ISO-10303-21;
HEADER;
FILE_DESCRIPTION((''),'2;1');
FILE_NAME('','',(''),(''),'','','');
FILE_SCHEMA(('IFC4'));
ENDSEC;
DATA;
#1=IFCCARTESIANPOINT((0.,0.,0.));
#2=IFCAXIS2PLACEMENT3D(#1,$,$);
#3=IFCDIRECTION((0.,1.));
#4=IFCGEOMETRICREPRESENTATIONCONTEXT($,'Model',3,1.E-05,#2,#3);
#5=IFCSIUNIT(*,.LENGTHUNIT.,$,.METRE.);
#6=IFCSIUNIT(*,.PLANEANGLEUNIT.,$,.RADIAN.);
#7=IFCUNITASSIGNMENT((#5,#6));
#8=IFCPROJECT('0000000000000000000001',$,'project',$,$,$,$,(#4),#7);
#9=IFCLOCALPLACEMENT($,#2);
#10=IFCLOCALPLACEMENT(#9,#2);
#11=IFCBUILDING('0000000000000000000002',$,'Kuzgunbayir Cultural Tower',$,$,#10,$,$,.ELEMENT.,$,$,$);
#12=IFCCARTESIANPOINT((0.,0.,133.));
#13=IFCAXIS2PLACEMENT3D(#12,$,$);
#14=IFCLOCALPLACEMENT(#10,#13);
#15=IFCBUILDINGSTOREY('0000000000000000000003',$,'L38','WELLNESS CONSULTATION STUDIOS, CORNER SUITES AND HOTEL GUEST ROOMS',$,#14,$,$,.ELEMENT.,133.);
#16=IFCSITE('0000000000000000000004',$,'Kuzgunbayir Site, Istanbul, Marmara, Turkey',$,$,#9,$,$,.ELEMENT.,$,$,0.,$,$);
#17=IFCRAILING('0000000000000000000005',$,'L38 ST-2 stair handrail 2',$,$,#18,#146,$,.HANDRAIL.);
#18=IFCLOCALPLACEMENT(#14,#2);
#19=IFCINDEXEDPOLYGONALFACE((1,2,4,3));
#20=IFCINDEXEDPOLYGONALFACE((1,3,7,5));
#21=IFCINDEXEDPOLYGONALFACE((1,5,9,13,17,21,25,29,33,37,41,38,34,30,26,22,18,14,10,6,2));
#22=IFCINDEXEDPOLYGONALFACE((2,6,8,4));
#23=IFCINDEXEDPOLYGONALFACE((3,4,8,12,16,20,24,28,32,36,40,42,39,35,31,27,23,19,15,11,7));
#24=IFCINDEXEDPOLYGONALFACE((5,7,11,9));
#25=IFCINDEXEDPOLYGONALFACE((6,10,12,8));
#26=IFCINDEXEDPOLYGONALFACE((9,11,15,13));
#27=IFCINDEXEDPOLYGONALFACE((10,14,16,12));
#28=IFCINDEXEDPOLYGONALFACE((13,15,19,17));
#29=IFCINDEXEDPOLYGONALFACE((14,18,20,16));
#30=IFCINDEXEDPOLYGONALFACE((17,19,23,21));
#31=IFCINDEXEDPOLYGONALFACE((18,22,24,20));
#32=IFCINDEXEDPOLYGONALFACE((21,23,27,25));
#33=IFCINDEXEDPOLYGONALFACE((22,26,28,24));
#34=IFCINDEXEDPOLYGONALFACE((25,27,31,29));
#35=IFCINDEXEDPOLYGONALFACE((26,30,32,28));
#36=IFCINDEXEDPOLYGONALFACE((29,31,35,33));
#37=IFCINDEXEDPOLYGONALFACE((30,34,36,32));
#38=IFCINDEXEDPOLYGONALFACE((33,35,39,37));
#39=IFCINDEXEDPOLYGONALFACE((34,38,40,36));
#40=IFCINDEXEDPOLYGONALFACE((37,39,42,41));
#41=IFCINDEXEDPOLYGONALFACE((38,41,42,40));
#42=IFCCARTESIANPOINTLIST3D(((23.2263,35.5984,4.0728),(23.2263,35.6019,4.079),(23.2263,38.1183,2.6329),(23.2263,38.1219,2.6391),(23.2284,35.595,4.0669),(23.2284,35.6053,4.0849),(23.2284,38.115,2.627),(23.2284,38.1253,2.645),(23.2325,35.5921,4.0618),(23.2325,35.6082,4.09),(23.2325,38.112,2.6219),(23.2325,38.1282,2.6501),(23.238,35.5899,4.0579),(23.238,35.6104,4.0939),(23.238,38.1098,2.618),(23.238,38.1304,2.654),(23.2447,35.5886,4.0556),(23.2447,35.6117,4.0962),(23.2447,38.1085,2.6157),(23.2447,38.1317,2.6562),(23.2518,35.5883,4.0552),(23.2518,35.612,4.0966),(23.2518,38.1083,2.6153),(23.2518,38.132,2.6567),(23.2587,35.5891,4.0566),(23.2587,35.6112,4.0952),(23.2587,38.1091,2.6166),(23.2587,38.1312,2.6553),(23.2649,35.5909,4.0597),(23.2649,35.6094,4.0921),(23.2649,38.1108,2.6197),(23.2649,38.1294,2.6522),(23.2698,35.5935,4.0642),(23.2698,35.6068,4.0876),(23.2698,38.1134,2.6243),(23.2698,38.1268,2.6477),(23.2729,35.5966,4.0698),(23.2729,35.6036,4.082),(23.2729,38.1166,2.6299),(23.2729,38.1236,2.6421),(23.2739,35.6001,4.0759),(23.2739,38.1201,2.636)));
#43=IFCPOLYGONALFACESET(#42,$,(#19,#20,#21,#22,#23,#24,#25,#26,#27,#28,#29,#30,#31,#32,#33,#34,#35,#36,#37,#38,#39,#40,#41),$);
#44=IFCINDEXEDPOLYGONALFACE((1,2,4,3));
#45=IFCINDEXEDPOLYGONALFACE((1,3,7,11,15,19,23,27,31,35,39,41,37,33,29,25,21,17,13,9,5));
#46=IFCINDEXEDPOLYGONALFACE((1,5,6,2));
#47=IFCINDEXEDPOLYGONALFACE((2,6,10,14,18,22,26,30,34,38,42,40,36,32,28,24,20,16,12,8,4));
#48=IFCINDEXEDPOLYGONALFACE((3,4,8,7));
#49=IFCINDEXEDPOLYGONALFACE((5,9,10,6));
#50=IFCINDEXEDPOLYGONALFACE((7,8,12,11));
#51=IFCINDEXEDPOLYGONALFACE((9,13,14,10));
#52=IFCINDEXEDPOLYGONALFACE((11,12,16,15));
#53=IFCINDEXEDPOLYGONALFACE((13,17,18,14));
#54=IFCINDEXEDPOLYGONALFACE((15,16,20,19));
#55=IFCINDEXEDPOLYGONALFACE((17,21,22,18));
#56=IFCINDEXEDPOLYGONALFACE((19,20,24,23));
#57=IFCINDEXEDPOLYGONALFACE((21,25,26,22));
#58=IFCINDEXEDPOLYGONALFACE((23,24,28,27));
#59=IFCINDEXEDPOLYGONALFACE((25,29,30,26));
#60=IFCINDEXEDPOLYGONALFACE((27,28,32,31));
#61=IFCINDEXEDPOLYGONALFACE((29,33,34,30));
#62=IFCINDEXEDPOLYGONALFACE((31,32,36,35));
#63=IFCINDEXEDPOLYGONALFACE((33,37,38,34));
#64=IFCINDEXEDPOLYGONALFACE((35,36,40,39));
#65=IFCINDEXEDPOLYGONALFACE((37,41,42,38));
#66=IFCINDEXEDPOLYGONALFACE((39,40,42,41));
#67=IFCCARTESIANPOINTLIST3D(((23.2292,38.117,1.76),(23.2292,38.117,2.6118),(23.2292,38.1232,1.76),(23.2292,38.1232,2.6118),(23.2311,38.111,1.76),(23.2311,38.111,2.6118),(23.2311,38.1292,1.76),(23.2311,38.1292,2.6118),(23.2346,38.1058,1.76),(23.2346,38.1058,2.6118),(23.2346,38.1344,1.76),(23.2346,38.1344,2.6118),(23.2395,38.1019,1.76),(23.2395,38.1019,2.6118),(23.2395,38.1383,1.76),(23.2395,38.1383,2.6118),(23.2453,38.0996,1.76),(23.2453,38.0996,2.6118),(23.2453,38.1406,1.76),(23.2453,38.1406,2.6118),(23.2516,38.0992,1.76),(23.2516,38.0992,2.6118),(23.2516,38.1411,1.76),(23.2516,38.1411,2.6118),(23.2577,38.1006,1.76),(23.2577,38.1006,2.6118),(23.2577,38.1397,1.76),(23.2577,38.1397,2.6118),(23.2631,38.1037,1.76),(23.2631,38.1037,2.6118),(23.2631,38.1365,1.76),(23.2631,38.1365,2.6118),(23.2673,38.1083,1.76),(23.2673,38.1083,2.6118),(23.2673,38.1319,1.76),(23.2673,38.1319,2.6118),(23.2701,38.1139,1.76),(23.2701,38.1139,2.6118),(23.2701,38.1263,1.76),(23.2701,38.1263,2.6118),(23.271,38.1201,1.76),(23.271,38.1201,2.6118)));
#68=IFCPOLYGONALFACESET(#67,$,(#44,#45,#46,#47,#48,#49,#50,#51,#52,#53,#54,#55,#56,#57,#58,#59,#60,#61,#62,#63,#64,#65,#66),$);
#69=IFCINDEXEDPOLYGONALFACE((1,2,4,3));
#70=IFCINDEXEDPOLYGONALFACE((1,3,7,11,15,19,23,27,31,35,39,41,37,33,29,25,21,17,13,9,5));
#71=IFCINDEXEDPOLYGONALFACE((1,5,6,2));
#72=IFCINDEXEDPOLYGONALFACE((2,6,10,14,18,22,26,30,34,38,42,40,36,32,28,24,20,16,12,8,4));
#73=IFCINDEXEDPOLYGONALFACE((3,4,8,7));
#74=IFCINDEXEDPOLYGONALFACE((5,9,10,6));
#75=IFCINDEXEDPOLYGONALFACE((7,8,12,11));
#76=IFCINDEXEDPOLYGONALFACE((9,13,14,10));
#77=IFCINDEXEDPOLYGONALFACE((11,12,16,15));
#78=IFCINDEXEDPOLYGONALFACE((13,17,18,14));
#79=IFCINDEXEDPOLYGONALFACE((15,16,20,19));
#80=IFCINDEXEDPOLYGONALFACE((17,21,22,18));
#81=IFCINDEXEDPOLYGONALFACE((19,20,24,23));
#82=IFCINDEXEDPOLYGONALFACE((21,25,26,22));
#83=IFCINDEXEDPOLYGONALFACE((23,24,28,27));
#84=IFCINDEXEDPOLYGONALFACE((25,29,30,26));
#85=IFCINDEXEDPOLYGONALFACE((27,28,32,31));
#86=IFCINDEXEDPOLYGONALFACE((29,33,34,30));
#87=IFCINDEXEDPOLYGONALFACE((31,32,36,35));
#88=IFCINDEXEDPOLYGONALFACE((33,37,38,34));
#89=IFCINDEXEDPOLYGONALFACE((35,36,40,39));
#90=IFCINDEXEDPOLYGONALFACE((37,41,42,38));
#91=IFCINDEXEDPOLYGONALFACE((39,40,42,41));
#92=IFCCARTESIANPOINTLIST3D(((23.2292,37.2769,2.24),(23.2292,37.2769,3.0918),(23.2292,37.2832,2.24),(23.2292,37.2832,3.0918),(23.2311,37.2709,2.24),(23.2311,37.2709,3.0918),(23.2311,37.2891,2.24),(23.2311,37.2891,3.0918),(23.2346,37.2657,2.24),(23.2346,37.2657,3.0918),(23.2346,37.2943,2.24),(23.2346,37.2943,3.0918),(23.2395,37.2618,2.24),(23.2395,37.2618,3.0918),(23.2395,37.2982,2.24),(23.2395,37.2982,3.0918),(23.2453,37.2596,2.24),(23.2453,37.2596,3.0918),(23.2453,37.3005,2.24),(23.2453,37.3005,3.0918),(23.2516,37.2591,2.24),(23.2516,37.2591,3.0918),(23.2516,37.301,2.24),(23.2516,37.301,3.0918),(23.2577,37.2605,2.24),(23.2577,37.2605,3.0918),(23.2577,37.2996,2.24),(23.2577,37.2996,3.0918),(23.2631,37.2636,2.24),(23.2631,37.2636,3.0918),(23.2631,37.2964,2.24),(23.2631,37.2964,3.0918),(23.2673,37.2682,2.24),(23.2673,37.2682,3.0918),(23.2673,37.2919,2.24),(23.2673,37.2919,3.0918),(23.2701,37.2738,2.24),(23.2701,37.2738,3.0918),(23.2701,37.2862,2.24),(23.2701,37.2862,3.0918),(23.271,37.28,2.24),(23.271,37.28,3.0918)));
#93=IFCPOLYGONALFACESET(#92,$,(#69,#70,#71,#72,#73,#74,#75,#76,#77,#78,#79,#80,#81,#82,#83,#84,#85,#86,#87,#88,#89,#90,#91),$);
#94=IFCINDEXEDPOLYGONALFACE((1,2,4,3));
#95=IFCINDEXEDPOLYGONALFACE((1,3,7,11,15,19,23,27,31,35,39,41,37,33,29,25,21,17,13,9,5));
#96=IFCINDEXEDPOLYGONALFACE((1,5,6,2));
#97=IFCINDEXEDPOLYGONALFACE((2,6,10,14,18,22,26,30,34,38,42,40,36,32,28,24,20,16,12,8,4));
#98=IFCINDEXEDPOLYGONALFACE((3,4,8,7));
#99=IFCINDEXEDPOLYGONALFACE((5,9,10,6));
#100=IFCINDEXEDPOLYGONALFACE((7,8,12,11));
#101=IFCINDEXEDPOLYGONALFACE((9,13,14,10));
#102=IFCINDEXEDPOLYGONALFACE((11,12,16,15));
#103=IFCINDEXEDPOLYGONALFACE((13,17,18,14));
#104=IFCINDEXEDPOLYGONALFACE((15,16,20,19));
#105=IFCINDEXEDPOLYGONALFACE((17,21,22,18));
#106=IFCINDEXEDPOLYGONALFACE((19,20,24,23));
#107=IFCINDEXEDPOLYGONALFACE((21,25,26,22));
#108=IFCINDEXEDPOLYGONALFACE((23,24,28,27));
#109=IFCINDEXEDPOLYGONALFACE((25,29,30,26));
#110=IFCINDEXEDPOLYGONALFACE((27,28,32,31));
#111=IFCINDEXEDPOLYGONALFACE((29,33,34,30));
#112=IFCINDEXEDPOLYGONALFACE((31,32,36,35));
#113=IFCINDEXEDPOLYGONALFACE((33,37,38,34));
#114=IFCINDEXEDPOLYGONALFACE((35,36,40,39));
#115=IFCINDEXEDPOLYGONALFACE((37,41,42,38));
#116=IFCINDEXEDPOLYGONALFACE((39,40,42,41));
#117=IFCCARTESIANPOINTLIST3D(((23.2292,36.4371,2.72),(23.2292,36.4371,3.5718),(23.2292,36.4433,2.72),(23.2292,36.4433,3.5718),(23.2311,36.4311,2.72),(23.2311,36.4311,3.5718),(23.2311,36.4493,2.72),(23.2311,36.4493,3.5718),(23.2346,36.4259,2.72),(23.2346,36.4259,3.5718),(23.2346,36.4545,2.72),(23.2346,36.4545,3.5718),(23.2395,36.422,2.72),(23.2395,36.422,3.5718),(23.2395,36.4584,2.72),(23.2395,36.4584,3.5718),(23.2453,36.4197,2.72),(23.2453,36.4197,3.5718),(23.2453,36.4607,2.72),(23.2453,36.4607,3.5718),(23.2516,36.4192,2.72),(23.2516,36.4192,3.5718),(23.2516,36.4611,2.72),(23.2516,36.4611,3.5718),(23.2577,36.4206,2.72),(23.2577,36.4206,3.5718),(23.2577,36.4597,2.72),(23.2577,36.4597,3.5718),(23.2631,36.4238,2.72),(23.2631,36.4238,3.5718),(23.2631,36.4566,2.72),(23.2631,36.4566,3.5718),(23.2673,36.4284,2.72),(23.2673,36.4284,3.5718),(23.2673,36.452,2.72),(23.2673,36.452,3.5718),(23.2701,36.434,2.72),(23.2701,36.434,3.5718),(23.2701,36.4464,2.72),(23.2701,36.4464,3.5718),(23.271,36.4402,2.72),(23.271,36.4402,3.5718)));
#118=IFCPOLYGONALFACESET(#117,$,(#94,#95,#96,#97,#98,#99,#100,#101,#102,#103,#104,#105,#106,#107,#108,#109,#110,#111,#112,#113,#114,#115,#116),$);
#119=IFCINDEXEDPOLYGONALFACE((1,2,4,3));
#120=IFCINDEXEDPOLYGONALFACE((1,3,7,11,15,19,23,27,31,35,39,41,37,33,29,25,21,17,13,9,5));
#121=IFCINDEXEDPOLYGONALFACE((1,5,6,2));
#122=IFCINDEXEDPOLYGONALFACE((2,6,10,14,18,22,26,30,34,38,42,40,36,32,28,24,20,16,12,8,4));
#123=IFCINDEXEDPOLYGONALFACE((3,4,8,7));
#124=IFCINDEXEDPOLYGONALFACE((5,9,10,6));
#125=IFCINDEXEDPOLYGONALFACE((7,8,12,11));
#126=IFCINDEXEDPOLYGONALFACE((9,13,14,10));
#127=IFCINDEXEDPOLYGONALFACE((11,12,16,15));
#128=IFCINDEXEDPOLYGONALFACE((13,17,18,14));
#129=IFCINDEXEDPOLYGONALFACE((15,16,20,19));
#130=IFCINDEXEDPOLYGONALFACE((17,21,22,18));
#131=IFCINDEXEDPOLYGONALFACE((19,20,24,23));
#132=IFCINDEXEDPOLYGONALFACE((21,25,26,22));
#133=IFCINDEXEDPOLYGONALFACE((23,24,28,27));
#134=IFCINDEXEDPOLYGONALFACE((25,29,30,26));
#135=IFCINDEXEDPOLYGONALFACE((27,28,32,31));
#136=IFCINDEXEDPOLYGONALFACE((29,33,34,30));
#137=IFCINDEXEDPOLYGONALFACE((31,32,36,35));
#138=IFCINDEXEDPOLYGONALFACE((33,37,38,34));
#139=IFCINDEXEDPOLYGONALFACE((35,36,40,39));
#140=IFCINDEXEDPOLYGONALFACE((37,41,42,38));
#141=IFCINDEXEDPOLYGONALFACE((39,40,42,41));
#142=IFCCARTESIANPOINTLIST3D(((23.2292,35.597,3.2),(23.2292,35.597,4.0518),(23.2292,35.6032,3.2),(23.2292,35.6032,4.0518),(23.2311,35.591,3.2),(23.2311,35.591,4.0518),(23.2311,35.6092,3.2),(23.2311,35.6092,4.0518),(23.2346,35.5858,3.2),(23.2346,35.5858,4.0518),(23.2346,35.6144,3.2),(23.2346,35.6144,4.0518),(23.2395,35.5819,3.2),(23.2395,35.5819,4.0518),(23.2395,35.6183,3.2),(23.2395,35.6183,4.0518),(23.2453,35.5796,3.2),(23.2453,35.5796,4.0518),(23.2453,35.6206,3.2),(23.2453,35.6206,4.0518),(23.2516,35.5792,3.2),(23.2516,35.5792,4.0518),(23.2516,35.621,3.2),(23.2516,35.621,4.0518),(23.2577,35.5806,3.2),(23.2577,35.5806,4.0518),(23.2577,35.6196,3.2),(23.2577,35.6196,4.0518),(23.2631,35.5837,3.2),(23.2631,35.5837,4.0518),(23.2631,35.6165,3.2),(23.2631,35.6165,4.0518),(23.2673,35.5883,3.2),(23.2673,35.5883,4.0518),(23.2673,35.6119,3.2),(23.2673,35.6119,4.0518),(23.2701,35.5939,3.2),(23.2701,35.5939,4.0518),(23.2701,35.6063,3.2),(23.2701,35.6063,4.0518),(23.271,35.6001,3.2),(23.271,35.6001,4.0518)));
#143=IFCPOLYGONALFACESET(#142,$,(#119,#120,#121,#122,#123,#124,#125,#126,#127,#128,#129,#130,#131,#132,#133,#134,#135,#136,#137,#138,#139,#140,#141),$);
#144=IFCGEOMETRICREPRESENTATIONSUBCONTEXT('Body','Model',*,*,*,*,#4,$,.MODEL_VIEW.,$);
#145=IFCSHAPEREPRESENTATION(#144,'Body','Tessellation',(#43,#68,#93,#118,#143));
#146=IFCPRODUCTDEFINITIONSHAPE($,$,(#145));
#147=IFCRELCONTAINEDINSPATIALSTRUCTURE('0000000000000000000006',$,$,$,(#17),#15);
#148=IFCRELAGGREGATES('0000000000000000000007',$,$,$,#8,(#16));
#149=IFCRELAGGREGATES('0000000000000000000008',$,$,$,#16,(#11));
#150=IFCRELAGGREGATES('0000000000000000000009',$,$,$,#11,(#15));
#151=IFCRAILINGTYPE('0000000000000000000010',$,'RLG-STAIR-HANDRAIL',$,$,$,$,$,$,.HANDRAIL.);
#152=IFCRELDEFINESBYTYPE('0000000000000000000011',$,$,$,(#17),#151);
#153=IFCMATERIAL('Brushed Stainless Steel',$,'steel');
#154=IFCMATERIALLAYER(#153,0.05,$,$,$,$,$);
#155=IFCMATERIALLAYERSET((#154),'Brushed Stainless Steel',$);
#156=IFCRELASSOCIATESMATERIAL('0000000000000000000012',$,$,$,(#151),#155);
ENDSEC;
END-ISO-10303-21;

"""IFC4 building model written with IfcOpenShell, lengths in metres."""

from ifc_helpers import new_model, si_unit, direction, frame, origin, origin_2d, place, context, subcontext, project, spatial, circle, extrude, material, layer, layer_set, type_object, element, save


model = new_model("IFC4")

# Units and contexts
model_context = context("Model", 3, precision=1e-05, world=origin(), true_north=direction((0.0, 1.0)))
body_context = subcontext(model_context, "Body", "Model", "MODEL_VIEW")
ifc_project = project(units=[si_unit("LENGTHUNIT", "METRE"), si_unit("PLANEANGLEUNIT", "RADIAN")], contexts=[model_context])

# Site, building, storey
site_placement = place(None, origin())
site = spatial("IfcSite", under=ifc_project, at=site_placement, Name="Kuzgunbayir Site, Istanbul, Marmara, Turkey", CompositionType="ELEMENT", RefElevation=0.0)
building_placement = place(site_placement, origin())
building = spatial("IfcBuilding", under=site, at=building_placement, Name="Kuzgunbayir Cultural Tower", CompositionType="ELEMENT")
storey_placement = place(building_placement, frame((0.0, 0.0, 133.0)))
storey = spatial("IfcBuildingStorey", under=building, at=storey_placement, Name="L38", Description="WELLNESS CONSULTATION STUDIOS, CORNER SUITES AND HOTEL GUEST ROOMS", CompositionType="ELEMENT", Elevation=133.0)

# Shared definitions
ifc_material_1 = material(Name="Brushed Stainless Steel", Category="steel")

# Railing
ifc_layer_1 = layer(ifc_material_1, 0.05)
ifc_layer_set_1 = layer_set([ifc_layer_1], Name="Brushed Stainless Steel")
railing_type_1 = type_object("IfcRailingType", Name="RLG-STAIR-HANDRAIL", PredefinedType="HANDRAIL", material=ifc_layer_set_1)
railing_1_placement = place(storey_placement, frame((23.25, 38.1201, 1.76)))
element("IfcRailing", 1, at=railing_1_placement, inside=storey, type_object=railing_type_1, Name="L38 ST-2 stair handrail 2", PredefinedType="HANDRAIL", context=body_context, shape_type="SweptSolid", body=[
    extrude(circle(Radius=0.0239, at=origin_2d()), frame((0.0, 0.0, 0.876), z_axis=(0.0, -0.868253, 0.496121), x_axis=(1.0, 0.0, 0.0)), (0.0, 0.0, 1.0), 2.9023),
    extrude(circle(Radius=0.021, at=origin_2d()), origin(), (0.0, 0.0, 1.0), 0.8518),
    extrude(circle(Radius=0.021, at=origin_2d()), frame((0.0, -0.8401, 0.48)), (0.0, 0.0, 1.0), 0.8518),
    extrude(circle(Radius=0.021, at=origin_2d()), frame((0.0, -1.6799, 0.96)), (0.0, 0.0, 1.0), 0.8518),
    extrude(circle(Radius=0.021, at=origin_2d()), frame((0.0, -2.52, 1.4399)), (0.0, 0.0, 1.0), 0.8518),
])

save(model, "model.ifc")
